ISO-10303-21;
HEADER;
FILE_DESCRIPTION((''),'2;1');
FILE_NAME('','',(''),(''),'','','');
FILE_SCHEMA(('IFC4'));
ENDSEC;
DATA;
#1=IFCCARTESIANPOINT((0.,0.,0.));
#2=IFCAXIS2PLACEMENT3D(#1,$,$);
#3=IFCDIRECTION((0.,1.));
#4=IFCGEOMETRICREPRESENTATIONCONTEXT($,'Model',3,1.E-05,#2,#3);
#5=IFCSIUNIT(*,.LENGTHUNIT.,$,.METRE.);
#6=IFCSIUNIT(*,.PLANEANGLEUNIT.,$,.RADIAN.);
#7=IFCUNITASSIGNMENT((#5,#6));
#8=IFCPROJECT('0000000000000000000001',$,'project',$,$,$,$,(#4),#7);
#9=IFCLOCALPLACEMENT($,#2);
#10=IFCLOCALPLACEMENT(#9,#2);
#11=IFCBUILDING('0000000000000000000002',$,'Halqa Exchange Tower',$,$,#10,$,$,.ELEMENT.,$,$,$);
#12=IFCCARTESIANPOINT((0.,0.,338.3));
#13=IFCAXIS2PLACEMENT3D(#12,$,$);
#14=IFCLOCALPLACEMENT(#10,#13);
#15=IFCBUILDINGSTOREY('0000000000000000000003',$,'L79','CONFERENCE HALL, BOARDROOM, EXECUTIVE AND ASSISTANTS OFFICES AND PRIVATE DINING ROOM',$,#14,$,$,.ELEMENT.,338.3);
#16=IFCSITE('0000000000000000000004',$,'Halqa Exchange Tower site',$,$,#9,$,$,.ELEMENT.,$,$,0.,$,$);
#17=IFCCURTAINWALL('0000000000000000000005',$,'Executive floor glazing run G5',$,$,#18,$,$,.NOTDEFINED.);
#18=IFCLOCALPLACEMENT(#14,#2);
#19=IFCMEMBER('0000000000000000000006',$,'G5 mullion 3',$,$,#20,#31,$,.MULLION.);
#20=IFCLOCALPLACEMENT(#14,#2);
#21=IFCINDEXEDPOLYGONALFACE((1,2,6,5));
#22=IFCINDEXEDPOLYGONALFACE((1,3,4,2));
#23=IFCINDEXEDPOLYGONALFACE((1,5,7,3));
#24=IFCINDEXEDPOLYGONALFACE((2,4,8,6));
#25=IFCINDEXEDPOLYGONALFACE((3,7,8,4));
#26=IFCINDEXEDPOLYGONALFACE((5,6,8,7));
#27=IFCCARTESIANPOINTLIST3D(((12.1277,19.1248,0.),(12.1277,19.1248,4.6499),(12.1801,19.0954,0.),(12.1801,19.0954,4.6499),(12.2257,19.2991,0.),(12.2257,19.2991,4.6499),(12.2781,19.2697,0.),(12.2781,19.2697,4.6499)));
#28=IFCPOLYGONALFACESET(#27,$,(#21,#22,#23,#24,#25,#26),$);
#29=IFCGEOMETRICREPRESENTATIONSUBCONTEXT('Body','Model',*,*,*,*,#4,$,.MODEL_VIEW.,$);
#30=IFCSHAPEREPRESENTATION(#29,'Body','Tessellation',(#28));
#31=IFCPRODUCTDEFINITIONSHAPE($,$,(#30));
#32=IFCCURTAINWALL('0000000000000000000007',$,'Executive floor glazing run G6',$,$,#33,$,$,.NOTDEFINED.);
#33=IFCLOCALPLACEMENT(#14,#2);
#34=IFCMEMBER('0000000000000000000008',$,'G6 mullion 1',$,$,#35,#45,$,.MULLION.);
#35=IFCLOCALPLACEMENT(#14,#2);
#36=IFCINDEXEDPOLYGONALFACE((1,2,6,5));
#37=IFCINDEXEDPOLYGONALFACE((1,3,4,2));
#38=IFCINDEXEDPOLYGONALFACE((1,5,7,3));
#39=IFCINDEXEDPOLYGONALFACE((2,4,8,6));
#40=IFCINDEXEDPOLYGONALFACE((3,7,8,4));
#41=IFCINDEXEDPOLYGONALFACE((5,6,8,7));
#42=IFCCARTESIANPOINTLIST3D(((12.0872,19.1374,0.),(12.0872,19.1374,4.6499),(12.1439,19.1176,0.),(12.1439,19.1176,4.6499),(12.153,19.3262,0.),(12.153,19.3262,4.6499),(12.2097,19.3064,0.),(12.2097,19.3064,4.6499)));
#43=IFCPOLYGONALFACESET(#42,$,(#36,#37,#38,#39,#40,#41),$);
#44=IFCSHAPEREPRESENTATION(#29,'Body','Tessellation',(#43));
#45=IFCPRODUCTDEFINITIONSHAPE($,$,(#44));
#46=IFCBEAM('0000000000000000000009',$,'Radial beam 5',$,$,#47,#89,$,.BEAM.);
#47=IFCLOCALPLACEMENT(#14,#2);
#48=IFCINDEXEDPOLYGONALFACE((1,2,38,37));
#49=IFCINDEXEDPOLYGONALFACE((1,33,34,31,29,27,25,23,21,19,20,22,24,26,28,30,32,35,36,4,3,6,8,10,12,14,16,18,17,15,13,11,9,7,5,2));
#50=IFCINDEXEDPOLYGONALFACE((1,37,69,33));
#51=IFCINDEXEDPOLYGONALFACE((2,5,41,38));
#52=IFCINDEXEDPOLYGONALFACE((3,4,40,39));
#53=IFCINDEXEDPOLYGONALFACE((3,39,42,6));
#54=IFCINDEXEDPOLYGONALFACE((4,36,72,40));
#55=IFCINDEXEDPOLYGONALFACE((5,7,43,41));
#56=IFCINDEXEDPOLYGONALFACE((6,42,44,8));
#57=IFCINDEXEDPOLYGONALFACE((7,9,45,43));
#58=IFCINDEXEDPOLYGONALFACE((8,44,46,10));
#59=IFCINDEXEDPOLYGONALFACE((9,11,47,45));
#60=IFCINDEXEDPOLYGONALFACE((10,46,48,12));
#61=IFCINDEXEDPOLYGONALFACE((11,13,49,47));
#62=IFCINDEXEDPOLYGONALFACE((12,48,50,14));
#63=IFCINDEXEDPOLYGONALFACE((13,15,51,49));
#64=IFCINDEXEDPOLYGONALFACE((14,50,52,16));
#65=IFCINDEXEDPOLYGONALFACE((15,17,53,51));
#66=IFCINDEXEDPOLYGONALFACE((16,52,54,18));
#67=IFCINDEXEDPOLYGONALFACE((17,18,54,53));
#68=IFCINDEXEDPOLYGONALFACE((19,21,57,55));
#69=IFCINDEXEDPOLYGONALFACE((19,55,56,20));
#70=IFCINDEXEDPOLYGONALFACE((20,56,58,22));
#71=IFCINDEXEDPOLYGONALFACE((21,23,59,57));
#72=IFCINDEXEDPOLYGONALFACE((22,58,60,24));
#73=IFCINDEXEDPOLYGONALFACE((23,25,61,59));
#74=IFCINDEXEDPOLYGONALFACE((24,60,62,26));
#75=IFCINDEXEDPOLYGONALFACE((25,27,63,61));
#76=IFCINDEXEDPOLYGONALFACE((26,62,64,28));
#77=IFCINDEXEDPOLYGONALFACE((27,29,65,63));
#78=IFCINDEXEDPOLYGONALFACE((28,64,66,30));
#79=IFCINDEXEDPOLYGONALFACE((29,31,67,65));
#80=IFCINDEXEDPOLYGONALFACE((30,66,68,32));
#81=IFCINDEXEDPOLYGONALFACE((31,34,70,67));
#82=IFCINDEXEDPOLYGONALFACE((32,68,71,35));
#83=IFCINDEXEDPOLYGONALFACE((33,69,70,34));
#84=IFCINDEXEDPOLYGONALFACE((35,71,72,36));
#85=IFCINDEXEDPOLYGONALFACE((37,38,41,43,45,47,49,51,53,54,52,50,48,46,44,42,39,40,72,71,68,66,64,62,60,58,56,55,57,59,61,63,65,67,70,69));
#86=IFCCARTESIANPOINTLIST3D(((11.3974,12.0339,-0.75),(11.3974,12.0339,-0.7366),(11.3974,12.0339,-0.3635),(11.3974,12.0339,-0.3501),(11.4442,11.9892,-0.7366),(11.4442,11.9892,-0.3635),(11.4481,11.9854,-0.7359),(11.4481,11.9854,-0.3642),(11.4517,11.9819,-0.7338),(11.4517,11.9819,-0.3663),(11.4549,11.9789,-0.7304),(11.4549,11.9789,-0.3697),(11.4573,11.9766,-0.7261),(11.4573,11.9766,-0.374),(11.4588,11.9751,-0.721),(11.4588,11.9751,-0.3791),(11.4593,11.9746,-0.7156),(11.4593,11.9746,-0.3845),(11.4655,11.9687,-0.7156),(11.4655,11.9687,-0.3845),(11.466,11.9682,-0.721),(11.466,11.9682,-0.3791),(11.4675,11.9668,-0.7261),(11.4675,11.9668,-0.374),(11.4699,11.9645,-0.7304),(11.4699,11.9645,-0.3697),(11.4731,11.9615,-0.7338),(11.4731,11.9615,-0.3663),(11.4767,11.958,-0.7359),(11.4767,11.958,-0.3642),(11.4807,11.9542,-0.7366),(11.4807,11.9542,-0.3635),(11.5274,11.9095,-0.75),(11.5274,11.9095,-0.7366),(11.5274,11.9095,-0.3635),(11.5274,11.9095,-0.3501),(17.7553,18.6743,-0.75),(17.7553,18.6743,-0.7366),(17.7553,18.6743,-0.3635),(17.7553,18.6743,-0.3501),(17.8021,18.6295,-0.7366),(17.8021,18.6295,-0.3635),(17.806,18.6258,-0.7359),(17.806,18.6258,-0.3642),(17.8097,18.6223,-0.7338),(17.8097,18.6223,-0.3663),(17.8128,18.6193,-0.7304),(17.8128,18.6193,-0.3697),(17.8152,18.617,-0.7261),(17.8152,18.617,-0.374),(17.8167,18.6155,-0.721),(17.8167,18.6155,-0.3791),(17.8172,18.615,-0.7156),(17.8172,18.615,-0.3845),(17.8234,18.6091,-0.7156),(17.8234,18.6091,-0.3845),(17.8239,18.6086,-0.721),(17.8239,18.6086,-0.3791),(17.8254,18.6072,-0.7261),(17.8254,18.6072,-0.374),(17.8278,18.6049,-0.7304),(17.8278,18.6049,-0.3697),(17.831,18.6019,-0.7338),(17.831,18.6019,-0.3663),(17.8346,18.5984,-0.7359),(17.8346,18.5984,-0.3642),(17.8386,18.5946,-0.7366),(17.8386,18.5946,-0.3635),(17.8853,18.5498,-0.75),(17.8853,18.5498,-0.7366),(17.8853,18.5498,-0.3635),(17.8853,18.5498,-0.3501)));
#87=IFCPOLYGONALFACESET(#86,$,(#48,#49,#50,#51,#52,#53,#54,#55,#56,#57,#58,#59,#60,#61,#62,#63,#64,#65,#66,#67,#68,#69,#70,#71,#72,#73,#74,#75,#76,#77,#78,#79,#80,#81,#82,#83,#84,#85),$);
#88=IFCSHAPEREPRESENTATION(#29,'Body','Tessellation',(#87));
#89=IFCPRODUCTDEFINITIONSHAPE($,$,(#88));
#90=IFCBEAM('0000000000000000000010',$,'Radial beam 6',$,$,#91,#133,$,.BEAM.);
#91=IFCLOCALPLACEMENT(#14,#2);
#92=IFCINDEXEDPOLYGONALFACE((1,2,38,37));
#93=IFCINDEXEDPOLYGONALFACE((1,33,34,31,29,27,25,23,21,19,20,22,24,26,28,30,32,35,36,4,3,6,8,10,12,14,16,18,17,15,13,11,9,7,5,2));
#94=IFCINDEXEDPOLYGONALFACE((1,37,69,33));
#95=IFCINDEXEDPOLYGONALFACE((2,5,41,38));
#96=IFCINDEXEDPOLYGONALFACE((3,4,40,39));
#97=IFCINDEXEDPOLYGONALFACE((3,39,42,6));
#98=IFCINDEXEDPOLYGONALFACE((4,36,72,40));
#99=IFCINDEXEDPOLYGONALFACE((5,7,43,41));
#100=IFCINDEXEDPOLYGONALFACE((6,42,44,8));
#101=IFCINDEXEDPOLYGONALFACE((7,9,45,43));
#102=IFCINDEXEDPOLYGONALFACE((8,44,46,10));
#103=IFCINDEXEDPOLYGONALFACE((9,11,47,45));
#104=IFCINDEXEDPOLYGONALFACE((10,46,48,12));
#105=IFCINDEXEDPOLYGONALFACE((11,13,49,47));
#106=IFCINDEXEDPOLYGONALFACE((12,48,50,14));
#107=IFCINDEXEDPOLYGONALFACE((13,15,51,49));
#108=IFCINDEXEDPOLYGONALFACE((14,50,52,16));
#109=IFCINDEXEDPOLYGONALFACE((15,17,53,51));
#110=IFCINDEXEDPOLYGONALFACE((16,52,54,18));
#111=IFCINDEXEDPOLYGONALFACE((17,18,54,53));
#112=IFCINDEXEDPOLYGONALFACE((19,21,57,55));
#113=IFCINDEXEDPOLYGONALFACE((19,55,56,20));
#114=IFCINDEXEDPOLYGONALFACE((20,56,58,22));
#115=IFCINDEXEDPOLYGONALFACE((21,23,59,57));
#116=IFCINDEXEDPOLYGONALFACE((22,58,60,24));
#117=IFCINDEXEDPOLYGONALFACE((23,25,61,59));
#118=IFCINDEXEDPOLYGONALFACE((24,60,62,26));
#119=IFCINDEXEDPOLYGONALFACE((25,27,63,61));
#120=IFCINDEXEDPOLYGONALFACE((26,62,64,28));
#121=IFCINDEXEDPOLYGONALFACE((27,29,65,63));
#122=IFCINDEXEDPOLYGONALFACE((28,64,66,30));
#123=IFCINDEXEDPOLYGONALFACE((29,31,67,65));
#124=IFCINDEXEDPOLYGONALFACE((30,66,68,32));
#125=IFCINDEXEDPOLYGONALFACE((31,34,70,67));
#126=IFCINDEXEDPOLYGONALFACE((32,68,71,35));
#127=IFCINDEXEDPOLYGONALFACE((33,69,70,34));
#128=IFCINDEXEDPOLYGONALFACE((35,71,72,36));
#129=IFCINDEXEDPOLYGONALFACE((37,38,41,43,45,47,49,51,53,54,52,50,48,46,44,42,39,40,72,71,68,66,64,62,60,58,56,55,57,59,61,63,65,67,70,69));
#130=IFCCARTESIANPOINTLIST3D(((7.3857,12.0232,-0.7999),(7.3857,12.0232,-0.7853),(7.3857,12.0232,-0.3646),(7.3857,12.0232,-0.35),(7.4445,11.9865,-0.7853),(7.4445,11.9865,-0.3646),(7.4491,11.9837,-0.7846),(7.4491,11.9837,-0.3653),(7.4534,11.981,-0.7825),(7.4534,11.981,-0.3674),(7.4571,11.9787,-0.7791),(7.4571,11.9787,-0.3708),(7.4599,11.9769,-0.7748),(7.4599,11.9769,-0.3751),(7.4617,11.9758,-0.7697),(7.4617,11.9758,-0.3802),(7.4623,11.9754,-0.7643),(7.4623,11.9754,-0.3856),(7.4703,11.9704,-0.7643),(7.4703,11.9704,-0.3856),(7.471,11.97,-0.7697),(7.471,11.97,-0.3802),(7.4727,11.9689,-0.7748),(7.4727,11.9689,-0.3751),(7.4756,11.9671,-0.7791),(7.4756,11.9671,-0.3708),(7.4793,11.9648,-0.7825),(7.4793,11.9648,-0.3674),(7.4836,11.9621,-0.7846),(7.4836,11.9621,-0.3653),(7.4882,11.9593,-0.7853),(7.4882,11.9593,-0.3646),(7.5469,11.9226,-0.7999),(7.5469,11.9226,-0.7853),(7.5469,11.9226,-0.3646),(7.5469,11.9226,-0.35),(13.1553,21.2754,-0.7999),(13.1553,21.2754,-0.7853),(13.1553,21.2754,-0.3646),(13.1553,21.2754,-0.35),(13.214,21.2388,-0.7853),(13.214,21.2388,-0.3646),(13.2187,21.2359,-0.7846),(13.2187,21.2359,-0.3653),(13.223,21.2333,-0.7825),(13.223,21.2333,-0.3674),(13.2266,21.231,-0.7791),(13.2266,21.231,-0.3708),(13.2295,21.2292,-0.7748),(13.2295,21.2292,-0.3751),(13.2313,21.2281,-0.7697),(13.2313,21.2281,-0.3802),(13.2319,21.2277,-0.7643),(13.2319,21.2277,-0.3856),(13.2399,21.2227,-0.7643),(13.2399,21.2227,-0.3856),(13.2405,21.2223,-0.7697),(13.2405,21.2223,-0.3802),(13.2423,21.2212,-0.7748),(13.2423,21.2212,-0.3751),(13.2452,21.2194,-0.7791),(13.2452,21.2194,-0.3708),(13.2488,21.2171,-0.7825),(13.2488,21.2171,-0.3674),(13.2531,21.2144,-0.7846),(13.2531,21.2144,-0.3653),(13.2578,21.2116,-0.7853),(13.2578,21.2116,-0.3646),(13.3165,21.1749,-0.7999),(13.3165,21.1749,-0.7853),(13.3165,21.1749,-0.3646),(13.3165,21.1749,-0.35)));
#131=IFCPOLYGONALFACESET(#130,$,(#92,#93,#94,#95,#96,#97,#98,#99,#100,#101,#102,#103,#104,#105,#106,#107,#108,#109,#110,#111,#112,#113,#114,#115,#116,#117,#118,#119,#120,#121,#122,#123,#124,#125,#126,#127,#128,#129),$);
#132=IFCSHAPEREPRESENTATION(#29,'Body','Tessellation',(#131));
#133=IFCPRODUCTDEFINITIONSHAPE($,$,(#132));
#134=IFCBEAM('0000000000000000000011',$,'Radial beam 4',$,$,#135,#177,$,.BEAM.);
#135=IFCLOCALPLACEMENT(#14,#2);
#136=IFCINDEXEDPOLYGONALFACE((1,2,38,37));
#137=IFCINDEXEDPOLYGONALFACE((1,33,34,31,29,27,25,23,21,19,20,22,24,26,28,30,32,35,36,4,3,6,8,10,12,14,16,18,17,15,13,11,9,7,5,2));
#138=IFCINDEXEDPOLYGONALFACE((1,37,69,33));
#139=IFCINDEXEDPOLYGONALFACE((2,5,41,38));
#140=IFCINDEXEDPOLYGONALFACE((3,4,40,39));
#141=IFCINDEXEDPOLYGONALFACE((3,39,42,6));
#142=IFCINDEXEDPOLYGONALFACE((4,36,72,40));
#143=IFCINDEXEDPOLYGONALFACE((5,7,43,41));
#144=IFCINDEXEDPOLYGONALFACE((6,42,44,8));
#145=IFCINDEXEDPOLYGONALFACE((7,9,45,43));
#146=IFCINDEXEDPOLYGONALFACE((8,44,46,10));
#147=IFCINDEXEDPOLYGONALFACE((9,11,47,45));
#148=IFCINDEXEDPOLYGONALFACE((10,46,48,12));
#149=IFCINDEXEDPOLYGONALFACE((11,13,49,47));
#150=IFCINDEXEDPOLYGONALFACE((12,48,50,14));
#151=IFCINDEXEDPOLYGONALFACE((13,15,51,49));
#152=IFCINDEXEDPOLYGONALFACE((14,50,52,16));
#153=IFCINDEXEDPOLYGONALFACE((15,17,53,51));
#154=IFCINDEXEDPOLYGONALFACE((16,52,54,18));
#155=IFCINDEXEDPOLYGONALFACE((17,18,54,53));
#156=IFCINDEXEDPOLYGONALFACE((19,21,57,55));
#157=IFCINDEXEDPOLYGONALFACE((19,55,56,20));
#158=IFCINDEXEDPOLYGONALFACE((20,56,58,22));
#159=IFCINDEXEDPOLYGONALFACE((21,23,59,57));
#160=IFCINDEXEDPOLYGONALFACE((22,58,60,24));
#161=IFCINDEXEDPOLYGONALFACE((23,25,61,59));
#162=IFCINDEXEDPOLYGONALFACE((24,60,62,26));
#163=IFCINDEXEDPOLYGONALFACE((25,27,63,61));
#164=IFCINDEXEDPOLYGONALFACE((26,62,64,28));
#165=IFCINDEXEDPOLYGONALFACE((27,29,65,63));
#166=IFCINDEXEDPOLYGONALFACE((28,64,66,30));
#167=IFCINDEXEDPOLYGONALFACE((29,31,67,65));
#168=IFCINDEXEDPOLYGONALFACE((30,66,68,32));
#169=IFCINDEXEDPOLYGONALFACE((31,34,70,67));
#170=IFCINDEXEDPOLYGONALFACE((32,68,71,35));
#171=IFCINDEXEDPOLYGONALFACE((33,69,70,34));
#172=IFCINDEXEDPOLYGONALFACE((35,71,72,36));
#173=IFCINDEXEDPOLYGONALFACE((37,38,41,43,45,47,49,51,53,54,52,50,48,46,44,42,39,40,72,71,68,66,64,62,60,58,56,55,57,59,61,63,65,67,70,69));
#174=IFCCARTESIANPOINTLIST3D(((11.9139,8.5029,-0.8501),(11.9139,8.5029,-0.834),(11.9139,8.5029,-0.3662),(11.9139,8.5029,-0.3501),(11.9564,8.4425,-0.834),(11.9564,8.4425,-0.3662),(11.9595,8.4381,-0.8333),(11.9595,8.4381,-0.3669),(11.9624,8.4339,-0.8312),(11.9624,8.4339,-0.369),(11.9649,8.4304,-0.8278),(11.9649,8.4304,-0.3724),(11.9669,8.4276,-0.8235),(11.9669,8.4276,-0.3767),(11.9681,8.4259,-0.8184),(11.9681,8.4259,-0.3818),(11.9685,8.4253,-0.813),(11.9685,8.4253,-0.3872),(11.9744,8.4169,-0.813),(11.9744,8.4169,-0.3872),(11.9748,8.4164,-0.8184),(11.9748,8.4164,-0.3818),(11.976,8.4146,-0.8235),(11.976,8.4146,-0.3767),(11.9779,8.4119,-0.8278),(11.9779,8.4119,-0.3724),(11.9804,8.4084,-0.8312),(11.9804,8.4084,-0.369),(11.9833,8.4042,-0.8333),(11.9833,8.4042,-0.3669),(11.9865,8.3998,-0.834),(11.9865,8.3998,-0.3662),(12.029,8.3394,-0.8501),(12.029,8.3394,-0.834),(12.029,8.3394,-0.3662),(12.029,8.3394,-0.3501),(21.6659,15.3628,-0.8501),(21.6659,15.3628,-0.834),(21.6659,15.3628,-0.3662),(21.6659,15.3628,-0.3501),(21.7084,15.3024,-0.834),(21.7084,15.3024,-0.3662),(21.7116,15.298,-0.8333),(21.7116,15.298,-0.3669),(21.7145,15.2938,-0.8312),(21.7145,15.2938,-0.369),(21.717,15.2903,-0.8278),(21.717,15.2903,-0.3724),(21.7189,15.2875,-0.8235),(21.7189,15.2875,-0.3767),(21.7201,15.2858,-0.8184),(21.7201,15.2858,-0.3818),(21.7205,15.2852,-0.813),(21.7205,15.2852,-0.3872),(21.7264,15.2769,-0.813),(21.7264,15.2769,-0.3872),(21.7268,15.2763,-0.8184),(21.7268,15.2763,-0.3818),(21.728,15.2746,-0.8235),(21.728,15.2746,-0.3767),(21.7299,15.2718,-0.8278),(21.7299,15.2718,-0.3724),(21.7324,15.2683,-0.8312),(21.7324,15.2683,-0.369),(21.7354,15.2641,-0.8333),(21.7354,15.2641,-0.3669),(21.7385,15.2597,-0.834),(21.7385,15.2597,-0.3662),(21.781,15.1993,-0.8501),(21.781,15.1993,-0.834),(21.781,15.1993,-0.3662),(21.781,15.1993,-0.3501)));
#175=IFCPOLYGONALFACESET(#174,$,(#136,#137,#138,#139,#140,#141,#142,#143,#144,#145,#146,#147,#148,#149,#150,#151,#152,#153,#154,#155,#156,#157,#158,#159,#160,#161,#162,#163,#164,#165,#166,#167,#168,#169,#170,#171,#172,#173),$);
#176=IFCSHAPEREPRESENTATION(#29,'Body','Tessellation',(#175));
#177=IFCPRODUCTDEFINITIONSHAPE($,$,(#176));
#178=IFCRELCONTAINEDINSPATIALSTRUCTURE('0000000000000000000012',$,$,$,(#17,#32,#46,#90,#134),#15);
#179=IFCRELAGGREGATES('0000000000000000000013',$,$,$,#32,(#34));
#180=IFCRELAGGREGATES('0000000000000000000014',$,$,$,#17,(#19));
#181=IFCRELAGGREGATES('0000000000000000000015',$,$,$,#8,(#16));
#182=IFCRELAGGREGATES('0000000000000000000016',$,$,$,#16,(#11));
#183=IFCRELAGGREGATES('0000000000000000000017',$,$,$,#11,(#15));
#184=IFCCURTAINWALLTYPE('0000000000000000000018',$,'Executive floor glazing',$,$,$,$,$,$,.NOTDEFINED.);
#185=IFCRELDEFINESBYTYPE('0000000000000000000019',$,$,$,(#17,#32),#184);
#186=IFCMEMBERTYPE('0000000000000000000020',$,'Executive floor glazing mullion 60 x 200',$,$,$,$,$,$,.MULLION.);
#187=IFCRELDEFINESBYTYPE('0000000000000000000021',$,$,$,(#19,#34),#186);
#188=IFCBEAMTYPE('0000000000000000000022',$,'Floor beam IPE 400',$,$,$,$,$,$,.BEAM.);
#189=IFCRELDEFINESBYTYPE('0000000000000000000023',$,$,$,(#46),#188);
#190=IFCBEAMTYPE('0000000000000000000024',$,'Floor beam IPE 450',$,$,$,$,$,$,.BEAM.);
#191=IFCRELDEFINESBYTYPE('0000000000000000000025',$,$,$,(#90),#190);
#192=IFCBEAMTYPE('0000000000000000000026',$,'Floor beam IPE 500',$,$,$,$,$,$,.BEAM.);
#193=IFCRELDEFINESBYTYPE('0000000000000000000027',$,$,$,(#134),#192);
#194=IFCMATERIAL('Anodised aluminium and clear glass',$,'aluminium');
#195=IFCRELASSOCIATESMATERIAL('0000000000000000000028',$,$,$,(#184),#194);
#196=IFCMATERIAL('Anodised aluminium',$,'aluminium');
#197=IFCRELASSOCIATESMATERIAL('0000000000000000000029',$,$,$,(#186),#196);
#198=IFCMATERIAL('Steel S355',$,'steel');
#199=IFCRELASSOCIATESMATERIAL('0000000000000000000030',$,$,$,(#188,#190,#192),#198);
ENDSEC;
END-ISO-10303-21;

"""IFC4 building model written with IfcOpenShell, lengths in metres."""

from ifc_helpers import new_model, si_unit, direction, frame, origin, origin_2d, place, context, subcontext, project, spatial, rectangle, i_section, extrude, material, material_profile, profile_set, type_object, element, aggregate, save


model = new_model("IFC4")

# Units and contexts
model_context = context("Model", 3, precision=1e-05, world=origin(), true_north=direction((0.0, 1.0)))
body_context = subcontext(model_context, "Body", "Model", "MODEL_VIEW")
ifc_project = project(units=[si_unit("LENGTHUNIT", "METRE"), si_unit("PLANEANGLEUNIT", "RADIAN")], contexts=[model_context])

# Site, building, storey
site_placement = place(None, origin())
site = spatial("IfcSite", under=ifc_project, at=site_placement, Name="Halqa Exchange Tower site", CompositionType="ELEMENT", RefElevation=0.0)
building_placement = place(site_placement, origin())
building = spatial("IfcBuilding", under=site, at=building_placement, Name="Halqa Exchange Tower", CompositionType="ELEMENT")
storey_placement = place(building_placement, frame((0.0, 0.0, 338.3)))
storey = spatial("IfcBuildingStorey", under=building, at=storey_placement, Name="L79", Description="CONFERENCE HALL, BOARDROOM, EXECUTIVE AND ASSISTANTS OFFICES AND PRIVATE DINING ROOM", CompositionType="ELEMENT", Elevation=338.3)

# Curtain walls, members
ifc_material_1 = material(Name="Anodised aluminium and clear glass", Category="aluminium")
curtain_wall_type = type_object("IfcCurtainWallType", Name="Executive floor glazing", PredefinedType="NOTDEFINED", material=ifc_material_1)
curtain_wall_1_placement = place(storey_placement, origin())
curtain_wall_1 = element("IfcCurtainWall", 1, at=curtain_wall_1_placement, inside=storey, type_object=curtain_wall_type, Name="Executive floor glazing run G5", PredefinedType="NOTDEFINED")
ifc_material_2 = material(Name="Anodised aluminium", Category="aluminium")
ifc_material_profile_1 = material_profile(ifc_material_2, rectangle(XDim=0.2, YDim=0.0601, at=origin_2d()), Name="AL 60x200")
ifc_profile_set_1 = profile_set([ifc_material_profile_1], Name="Anodised aluminium")
member_type = type_object("IfcMemberType", Name="Executive floor glazing mullion 60 x 200", PredefinedType="MULLION", material=ifc_profile_set_1)
member_1_placement = place(storey_placement, frame((12.2029, 19.1973, 0.0), z_axis=(0.0, 0.0, 1.0), x_axis=(-0.490158, -0.871634, 0.0)))
member_1 = element("IfcMember", 2, at=member_1_placement, type_object=member_type, Name="G5 mullion 3", PredefinedType="MULLION", context=body_context, shape_type="SweptSolid", body=[
    extrude(rectangle(XDim=0.2, YDim=0.0601, at=origin_2d()), origin(), (0.0, 0.0, 1.0), 4.6499),
])
curtain_wall_2_placement = place(storey_placement, origin())
curtain_wall_2 = element("IfcCurtainWall", 3, at=curtain_wall_2_placement, inside=storey, type_object=curtain_wall_type, Name="Executive floor glazing run G6", PredefinedType="NOTDEFINED")
member_2_placement = place(storey_placement, frame((12.1484, 19.2219, 0.0), z_axis=(0.0, 0.0, 1.0), x_axis=(-0.32916, -0.944274, 0.0)))
member_2 = element("IfcMember", 4, at=member_2_placement, type_object=member_type, Name="G6 mullion 1", PredefinedType="MULLION", context=body_context, shape_type="SweptSolid", body=[
    extrude(rectangle(XDim=0.2, YDim=0.0601, at=origin_2d()), origin(), (0.0, 0.0, 1.0), 4.6499),
])
aggregate(curtain_wall_2, [member_2])

# Beams
ifc_material_3 = material(Name="Steel S355", Category="steel")
ifc_material_profile_2 = material_profile(ifc_material_3, i_section(OverallWidth=0.1799, OverallDepth=0.3999, WebThickness=0.0085, FlangeThickness=0.0134, FilletRadius=0.021, at=origin_2d()), Name="IPE 400")
ifc_profile_set_2 = profile_set([ifc_material_profile_2], Name="Steel S355")
beam_type_1 = type_object("IfcBeamType", Name="Floor beam IPE 400", PredefinedType="BEAM", material=ifc_profile_set_2)
beam_1_placement = place(storey_placement, frame((11.4624, 11.9717, -0.55), z_axis=(0.691577, 0.722303, 0.0), x_axis=(-0.722303, 0.691577, 0.0)))
element("IfcBeam", 5, at=beam_1_placement, inside=storey, type_object=beam_type_1, Name="Radial beam 5", PredefinedType="BEAM", context=body_context, shape_type="SweptSolid", body=[
    extrude(i_section(OverallWidth=0.1799, OverallDepth=0.3999, WebThickness=0.0085, FlangeThickness=0.0134, FilletRadius=0.021, at=origin_2d()), origin(), (0.0, 0.0, 1.0), 9.1934),
])
ifc_material_profile_3 = material_profile(ifc_material_3, i_section(OverallWidth=0.1899, OverallDepth=0.45, WebThickness=0.0095, FlangeThickness=0.0146, FilletRadius=0.021, at=origin_2d()), Name="IPE 450")
ifc_profile_set_3 = profile_set([ifc_material_profile_3], Name="Steel S355")
beam_type_2 = type_object("IfcBeamType", Name="Floor beam IPE 450", PredefinedType="BEAM", material=ifc_profile_set_3)
beam_2_placement = place(storey_placement, frame((7.4663, 11.9729, -0.575), z_axis=(0.529135, 0.848538, 0.0), x_axis=(-0.848538, 0.529135, 0.0)))
element("IfcBeam", 6, at=beam_2_placement, inside=storey, type_object=beam_type_2, Name="Radial beam 6", PredefinedType="BEAM", context=body_context, shape_type="SweptSolid", body=[
    extrude(i_section(OverallWidth=0.1899, OverallDepth=0.45, WebThickness=0.0095, FlangeThickness=0.0146, FilletRadius=0.021, at=origin_2d()), origin(), (0.0, 0.0, 1.0), 10.9038),
])
ifc_material_profile_4 = material_profile(ifc_material_3, i_section(OverallWidth=0.2, OverallDepth=0.5, WebThickness=0.0103, FlangeThickness=0.0161, FilletRadius=0.021, at=origin_2d()), Name="IPE 500")
ifc_profile_set_4 = profile_set([ifc_material_profile_4], Name="Steel S355")
beam_type_3 = type_object("IfcBeamType", Name="Floor beam IPE 500", PredefinedType="BEAM", material=ifc_profile_set_4)
beam_3_placement = place(storey_placement, frame((11.9714, 8.4211, -0.6001), z_axis=(0.81791, 0.575346, 0.0), x_axis=(-0.575346, 0.81791, 0.0)))
element("IfcBeam", 7, at=beam_3_placement, inside=storey, type_object=beam_type_3, Name="Radial beam 4", PredefinedType="BEAM", context=body_context, shape_type="SweptSolid", body=[
    extrude(i_section(OverallWidth=0.2, OverallDepth=0.5, WebThickness=0.0103, FlangeThickness=0.0161, FilletRadius=0.021, at=origin_2d()), origin(), (0.0, 0.0, 1.0), 11.9231),
])

aggregate(curtain_wall_1, [member_1])

save(model, "model.ifc")
